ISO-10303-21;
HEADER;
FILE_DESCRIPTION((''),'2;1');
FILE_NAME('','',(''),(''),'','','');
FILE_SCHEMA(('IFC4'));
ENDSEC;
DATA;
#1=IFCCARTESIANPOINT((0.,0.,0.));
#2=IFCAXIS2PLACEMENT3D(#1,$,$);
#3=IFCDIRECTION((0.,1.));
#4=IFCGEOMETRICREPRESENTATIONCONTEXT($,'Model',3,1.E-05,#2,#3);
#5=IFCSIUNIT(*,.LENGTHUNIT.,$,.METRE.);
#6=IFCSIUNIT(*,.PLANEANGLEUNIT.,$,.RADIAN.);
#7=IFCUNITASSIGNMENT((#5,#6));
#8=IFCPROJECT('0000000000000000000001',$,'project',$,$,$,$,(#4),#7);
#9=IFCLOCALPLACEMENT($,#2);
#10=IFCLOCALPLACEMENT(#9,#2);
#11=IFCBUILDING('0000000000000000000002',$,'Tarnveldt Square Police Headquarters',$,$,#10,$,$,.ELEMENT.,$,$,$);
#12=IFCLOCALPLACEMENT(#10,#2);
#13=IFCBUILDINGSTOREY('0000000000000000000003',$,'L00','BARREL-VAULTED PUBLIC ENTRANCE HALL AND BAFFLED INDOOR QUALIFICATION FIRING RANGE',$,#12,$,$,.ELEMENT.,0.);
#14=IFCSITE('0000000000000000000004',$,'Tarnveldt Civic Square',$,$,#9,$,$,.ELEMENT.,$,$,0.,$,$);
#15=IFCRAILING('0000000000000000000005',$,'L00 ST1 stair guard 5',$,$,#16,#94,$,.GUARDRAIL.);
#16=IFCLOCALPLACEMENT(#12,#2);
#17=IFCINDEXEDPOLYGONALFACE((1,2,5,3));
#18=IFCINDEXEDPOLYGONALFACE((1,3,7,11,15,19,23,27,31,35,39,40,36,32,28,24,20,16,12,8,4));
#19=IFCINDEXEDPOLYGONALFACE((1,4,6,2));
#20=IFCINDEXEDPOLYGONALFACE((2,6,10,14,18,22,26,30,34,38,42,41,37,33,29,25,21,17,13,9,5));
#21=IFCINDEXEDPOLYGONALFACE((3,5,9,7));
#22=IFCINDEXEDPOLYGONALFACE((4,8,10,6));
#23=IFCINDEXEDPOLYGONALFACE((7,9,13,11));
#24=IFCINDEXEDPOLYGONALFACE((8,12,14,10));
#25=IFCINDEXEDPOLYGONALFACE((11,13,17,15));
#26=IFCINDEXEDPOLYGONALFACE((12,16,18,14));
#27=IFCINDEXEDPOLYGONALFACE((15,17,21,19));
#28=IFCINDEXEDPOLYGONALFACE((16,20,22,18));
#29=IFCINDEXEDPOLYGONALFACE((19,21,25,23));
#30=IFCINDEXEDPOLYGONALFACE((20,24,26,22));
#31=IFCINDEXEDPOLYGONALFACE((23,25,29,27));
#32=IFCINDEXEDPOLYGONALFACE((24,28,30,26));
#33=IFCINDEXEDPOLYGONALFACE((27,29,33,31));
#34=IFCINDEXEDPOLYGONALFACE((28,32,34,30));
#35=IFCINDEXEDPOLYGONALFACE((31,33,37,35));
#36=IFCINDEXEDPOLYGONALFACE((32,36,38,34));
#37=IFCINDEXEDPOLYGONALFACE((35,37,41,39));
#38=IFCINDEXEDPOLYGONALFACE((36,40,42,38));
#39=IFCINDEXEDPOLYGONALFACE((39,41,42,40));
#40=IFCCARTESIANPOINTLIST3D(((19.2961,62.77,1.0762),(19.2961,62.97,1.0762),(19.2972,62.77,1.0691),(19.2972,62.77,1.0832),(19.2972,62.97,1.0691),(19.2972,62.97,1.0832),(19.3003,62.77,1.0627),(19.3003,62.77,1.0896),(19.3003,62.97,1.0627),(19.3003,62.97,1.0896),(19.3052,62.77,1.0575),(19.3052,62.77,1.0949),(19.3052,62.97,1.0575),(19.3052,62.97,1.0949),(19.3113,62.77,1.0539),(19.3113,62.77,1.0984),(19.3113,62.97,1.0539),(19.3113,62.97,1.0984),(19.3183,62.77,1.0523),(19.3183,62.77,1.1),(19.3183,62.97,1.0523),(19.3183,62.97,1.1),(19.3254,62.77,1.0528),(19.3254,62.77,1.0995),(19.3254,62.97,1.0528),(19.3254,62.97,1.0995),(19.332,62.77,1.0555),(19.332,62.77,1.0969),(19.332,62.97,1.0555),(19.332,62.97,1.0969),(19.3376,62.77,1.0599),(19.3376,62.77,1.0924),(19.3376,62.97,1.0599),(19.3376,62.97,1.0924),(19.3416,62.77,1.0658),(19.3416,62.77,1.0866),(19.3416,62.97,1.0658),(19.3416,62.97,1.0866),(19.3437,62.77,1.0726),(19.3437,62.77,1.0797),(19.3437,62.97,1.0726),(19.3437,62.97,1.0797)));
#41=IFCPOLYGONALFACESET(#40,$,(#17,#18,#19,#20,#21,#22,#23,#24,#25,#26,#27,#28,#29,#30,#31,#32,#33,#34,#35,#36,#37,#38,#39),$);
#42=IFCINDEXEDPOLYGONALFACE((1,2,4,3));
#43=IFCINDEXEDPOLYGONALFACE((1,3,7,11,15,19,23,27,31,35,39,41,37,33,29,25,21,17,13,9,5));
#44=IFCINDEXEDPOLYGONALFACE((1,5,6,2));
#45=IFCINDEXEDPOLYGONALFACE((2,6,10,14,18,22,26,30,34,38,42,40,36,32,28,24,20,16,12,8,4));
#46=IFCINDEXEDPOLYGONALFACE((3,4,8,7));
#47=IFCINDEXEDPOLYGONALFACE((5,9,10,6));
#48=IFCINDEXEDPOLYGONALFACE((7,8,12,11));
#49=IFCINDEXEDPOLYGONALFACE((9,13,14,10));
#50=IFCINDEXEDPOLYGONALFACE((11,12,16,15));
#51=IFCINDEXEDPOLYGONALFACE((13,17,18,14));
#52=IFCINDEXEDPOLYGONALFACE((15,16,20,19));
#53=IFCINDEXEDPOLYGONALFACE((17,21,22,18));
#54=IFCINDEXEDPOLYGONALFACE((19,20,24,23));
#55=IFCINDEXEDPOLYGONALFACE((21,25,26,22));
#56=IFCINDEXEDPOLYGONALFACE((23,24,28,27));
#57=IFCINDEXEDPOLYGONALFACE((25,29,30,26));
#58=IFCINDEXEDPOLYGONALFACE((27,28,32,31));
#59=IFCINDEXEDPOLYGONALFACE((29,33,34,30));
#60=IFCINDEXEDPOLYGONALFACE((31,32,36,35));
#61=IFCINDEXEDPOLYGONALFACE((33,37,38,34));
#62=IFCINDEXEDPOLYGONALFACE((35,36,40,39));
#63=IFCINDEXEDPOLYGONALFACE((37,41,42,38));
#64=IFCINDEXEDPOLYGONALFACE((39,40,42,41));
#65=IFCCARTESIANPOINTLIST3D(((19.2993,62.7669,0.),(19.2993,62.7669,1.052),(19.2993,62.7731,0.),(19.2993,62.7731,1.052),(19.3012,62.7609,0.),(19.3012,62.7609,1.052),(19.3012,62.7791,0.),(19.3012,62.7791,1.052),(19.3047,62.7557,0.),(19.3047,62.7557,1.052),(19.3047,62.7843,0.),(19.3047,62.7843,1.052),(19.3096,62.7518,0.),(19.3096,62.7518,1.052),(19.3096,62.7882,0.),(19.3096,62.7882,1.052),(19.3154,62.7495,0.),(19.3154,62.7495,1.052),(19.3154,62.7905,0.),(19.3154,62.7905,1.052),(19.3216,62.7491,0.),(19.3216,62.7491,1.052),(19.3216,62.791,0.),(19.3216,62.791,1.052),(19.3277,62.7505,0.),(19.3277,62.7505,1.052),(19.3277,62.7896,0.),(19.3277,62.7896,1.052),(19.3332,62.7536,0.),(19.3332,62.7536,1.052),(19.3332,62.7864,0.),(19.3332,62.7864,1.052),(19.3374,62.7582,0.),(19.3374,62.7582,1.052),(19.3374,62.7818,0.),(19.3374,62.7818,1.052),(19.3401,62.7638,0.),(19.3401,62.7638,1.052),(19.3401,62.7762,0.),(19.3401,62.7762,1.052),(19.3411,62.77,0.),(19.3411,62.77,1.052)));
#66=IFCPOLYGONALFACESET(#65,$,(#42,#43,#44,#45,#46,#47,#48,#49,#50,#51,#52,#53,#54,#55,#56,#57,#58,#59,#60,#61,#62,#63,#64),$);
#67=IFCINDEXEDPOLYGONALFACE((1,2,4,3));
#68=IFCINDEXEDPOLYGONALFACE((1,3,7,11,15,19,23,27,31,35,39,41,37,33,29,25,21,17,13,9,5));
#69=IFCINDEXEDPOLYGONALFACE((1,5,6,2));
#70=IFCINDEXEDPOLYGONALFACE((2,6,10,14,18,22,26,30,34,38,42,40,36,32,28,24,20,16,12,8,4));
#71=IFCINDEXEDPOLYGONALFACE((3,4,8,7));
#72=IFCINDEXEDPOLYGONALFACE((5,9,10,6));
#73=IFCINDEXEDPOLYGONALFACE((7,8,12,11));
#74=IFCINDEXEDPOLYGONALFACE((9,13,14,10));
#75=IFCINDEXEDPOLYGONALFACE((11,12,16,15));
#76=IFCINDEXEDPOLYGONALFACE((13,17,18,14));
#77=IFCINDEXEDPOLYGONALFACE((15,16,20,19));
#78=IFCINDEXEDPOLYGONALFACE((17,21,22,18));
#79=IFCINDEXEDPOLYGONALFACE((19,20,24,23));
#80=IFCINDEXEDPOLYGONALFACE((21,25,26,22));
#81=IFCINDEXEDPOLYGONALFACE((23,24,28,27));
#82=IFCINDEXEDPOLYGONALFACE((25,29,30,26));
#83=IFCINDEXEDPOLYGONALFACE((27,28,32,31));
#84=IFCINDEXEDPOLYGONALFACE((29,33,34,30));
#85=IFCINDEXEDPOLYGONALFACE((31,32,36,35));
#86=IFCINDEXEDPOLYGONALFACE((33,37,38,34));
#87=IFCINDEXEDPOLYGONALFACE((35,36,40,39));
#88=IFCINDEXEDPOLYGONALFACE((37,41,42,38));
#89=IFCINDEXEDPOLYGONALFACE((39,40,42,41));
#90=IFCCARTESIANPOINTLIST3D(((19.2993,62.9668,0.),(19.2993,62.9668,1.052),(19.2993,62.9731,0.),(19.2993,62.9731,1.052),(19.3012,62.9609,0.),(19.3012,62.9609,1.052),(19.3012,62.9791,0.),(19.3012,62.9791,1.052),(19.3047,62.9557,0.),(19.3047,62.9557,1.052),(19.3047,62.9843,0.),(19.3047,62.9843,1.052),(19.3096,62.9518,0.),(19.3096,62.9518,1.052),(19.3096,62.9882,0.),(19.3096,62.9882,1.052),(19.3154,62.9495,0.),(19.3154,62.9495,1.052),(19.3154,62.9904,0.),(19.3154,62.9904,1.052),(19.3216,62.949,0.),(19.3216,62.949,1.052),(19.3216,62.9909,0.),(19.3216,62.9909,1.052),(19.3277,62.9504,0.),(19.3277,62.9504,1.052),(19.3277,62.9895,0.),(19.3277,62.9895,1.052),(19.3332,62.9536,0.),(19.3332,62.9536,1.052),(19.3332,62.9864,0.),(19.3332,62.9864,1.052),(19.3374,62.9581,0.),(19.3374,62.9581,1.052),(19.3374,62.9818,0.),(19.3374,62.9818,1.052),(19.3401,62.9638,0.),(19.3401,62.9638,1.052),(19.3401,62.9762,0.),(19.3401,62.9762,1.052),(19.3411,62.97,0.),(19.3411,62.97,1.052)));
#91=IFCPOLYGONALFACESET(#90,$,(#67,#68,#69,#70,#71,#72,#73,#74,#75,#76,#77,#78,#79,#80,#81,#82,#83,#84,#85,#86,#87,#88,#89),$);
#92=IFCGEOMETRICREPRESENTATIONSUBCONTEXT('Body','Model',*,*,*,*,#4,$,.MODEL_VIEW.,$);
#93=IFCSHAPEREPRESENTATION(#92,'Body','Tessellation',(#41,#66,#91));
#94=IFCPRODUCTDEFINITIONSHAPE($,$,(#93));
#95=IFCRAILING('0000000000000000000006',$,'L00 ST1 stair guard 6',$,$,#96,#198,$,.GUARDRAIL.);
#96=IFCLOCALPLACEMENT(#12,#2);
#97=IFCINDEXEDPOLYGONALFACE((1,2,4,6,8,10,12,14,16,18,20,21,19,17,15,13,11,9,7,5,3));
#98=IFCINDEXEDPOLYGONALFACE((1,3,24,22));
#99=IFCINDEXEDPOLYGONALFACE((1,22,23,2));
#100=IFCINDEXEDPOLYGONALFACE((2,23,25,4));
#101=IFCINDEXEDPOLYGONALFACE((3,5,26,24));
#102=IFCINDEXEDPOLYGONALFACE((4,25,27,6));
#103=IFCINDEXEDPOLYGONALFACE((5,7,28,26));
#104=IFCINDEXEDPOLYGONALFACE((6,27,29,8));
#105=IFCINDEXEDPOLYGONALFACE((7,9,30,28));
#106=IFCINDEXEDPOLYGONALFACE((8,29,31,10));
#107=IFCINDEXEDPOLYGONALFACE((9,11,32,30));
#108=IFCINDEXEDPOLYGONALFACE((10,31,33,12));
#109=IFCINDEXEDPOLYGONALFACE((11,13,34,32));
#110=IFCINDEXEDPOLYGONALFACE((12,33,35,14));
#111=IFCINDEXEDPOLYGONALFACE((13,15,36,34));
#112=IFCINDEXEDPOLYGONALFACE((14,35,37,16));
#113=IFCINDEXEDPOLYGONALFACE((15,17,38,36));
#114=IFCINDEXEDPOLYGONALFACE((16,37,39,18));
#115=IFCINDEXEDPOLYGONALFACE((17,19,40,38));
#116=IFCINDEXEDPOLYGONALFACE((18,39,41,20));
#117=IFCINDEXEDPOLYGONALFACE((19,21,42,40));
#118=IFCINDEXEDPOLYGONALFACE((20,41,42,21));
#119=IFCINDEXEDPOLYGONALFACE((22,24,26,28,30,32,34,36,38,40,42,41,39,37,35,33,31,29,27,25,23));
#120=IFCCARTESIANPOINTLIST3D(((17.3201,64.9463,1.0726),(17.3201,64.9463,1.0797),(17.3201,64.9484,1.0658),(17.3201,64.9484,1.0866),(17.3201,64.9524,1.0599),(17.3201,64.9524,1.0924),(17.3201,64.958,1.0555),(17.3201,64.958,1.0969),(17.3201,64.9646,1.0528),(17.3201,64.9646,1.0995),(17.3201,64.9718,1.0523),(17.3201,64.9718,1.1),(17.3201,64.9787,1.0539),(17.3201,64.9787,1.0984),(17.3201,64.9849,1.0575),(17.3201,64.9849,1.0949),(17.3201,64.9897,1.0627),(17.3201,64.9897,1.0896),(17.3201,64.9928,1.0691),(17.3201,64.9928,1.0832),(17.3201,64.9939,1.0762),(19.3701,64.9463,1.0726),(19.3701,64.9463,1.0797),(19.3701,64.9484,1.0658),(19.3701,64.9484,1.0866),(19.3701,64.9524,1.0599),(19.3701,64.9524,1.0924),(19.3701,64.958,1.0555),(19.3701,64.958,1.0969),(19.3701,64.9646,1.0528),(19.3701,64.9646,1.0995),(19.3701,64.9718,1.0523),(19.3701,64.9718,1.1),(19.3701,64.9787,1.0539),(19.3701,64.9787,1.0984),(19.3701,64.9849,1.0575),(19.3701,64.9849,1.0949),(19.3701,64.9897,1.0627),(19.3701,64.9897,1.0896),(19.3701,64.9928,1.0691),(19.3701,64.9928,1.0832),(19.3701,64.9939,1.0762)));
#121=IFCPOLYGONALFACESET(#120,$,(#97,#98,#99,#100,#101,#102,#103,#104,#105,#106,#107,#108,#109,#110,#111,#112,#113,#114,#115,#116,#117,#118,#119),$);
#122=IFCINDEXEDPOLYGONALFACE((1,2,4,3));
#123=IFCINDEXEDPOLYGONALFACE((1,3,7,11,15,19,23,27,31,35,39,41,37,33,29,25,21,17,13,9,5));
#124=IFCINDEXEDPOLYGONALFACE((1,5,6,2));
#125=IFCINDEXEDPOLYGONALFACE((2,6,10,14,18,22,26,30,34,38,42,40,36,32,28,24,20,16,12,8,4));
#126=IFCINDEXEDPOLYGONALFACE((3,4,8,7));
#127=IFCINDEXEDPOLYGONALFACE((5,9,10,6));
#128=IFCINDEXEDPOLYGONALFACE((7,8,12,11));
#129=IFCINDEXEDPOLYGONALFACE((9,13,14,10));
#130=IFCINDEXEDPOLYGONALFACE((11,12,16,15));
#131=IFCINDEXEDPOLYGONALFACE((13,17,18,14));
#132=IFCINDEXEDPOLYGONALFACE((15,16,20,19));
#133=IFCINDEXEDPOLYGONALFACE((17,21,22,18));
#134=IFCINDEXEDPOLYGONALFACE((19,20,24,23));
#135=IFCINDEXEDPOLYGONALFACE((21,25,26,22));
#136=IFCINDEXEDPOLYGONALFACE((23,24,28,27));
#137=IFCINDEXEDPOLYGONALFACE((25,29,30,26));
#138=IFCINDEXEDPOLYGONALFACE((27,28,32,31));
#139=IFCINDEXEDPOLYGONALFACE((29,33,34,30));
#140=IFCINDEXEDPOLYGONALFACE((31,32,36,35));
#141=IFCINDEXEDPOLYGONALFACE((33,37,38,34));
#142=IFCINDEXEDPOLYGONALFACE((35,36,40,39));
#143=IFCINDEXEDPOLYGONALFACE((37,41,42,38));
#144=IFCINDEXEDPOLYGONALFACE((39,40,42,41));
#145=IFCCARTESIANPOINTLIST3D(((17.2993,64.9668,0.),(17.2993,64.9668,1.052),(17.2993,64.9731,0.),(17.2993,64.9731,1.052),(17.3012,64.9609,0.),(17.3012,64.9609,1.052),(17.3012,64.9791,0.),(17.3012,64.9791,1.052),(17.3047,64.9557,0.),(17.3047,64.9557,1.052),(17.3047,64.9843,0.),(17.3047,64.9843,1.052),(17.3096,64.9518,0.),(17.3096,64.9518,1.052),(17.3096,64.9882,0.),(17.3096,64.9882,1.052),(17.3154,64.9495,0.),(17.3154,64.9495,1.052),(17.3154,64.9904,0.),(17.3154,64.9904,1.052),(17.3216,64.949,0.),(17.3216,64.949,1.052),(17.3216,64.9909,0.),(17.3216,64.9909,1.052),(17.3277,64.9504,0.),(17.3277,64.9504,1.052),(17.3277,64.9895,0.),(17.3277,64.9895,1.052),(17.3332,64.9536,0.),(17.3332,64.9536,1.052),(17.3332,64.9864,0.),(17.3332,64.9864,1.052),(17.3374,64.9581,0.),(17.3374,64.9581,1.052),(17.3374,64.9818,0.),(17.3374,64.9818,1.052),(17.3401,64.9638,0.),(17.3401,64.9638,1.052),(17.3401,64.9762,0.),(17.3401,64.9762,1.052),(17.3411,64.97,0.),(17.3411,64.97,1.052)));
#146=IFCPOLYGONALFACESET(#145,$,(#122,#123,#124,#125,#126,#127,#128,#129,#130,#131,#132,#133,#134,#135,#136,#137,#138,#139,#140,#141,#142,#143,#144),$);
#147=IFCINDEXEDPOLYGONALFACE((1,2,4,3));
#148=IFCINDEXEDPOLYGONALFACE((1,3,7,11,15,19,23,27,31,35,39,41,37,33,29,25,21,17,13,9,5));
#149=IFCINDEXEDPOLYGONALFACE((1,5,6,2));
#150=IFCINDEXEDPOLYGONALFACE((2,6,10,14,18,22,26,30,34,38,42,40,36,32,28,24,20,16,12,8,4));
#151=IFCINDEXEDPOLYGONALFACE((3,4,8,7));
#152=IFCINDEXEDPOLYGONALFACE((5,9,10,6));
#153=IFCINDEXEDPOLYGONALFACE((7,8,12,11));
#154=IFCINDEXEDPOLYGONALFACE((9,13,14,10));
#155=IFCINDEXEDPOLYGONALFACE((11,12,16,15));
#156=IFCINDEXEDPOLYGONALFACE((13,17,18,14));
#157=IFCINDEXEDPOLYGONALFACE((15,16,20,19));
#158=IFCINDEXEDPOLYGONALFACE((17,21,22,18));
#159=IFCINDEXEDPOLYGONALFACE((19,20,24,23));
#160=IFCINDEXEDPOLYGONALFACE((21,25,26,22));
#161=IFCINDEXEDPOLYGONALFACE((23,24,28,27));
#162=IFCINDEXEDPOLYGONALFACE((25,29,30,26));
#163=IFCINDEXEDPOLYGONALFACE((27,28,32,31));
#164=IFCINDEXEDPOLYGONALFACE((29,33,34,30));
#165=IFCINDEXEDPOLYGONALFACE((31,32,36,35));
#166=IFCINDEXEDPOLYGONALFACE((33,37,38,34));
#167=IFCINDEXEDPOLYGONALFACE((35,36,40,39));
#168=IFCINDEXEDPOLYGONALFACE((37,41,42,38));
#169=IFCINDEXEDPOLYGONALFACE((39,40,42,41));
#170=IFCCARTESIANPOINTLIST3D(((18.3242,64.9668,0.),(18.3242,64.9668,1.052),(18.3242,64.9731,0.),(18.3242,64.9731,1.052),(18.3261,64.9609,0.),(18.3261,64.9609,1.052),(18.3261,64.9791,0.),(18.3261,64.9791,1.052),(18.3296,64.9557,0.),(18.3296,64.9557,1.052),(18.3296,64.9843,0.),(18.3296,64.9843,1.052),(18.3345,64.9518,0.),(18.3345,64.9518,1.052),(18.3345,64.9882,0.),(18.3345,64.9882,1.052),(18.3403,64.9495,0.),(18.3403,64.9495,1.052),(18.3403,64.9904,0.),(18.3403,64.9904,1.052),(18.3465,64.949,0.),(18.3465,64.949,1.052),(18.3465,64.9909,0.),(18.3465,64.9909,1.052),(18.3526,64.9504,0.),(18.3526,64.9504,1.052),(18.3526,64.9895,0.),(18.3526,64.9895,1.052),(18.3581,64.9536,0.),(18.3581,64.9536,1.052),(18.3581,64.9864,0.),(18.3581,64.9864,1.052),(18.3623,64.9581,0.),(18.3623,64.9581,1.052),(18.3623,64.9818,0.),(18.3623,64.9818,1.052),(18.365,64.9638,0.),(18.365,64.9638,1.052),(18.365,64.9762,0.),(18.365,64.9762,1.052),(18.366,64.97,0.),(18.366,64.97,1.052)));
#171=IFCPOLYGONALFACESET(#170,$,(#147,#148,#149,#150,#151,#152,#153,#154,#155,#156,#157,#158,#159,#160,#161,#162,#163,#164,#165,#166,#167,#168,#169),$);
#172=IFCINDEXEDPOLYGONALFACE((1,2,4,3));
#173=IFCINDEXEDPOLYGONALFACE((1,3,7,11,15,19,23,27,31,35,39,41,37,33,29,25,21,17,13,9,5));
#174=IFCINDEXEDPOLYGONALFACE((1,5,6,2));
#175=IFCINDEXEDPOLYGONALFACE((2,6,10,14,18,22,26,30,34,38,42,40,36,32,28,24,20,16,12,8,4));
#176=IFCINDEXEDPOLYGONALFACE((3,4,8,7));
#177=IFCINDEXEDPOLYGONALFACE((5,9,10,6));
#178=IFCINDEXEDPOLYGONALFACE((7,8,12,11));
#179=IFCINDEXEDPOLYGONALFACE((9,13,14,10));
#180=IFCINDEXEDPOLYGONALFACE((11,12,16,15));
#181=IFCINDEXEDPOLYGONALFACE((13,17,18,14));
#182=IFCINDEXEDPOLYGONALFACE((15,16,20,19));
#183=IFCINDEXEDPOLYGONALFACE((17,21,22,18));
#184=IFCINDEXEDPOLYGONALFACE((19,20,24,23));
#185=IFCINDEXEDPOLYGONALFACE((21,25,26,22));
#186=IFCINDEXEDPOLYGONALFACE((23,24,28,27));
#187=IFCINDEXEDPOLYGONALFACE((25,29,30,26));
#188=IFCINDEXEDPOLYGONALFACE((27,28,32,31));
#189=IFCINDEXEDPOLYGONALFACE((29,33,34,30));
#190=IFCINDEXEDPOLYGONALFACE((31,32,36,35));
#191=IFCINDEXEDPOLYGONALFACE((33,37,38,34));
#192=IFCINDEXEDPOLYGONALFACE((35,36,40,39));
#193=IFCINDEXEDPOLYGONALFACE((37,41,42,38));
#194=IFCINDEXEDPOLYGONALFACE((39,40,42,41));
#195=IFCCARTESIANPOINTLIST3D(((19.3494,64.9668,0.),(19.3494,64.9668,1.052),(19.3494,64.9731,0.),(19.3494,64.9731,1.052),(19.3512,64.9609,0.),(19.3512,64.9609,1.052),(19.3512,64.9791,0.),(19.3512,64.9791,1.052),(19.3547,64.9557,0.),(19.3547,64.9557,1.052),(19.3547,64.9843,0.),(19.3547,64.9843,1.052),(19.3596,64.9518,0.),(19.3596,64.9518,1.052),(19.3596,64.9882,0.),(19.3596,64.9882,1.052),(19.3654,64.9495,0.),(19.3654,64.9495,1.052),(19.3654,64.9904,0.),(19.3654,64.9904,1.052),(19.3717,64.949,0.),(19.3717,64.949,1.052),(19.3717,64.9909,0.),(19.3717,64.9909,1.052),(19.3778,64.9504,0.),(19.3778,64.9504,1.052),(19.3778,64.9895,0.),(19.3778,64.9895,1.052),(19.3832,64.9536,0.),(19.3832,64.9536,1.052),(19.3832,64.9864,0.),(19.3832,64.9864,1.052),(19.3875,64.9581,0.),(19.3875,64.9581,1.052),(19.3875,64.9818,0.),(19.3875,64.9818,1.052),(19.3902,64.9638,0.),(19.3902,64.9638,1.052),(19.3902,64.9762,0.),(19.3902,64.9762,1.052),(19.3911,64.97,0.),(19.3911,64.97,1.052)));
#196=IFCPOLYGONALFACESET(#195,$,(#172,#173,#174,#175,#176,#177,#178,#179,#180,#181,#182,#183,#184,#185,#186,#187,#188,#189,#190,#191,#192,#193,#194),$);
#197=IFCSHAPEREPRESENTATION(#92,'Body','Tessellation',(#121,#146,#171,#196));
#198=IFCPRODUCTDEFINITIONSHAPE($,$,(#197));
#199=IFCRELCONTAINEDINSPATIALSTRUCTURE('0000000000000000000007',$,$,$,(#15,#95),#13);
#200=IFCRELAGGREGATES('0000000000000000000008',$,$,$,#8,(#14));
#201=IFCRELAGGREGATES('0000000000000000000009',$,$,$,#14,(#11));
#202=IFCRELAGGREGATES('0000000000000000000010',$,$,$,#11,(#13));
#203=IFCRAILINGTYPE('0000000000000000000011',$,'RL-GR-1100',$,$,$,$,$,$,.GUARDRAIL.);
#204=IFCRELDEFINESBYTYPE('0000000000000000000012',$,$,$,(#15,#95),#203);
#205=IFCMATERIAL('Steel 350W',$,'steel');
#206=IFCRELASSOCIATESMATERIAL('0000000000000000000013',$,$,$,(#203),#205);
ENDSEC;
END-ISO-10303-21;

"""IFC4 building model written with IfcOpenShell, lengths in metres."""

from ifc_helpers import new_model, si_unit, direction, frame, origin, origin_2d, place, context, subcontext, project, spatial, circle, extrude, material, type_object, element, save


model = new_model("IFC4")

# Units and contexts
model_context = context("Model", 3, precision=1e-05, world=origin(), true_north=direction((0.0, 1.0)))
body_context = subcontext(model_context, "Body", "Model", "MODEL_VIEW")
ifc_project = project(units=[si_unit("LENGTHUNIT", "METRE"), si_unit("PLANEANGLEUNIT", "RADIAN")], contexts=[model_context])

# Site, building, storey
site_placement = place(None, origin())
site = spatial("IfcSite", under=ifc_project, at=site_placement, Name="Tarnveldt Civic Square", CompositionType="ELEMENT", RefElevation=0.0)
building_placement = place(site_placement, origin())
building = spatial("IfcBuilding", under=site, at=building_placement, Name="Tarnveldt Square Police Headquarters", CompositionType="ELEMENT")
storey_placement = place(building_placement, origin())
storey = spatial("IfcBuildingStorey", under=building, at=storey_placement, Name="L00", Description="BARREL-VAULTED PUBLIC ENTRANCE HALL AND BAFFLED INDOOR QUALIFICATION FIRING RANGE", CompositionType="ELEMENT", Elevation=0.0)

# Shared definitions
ifc_material_1 = material(Name="Steel 350W", Category="steel")

# Railings
railing_type_1 = type_object("IfcRailingType", Name="RL-GR-1100", PredefinedType="GUARDRAIL", material=ifc_material_1)
railing_1_placement = place(storey_placement, frame((19.3201, 62.77, 0.0)))
element("IfcRailing", 1, at=railing_1_placement, inside=storey, type_object=railing_type_1, Name="L00 ST1 stair guard 5", PredefinedType="GUARDRAIL", context=body_context, shape_type="SweptSolid", body=[
    extrude(circle(Radius=0.0239, at=origin_2d()), frame((0.0, 0.0, 1.0762), z_axis=(0.0, 1.0, 0.0), x_axis=(-1.0, 0.0, 0.0)), (0.0, 0.0, 1.0), 0.2),
    extrude(circle(Radius=0.021, at=origin_2d()), origin(), (0.0, 0.0, 1.0), 1.052),
    extrude(circle(Radius=0.021, at=origin_2d()), frame((0.0, 0.2, 0.0)), (0.0, 0.0, 1.0), 1.052),
])
railing_2_placement = place(storey_placement, frame((17.3201, 64.97, 0.0)))
element("IfcRailing", 2, at=railing_2_placement, inside=storey, type_object=railing_type_1, Name="L00 ST1 stair guard 6", PredefinedType="GUARDRAIL", context=body_context, shape_type="SweptSolid", body=[
    extrude(circle(Radius=0.0239, at=origin_2d()), frame((0.0, 0.0, 1.0762), z_axis=(1.0, 0.0, 0.0), x_axis=(0.0, 1.0, 0.0)), (0.0, 0.0, 1.0), 2.05),
    extrude(circle(Radius=0.021, at=origin_2d()), origin(), (0.0, 0.0, 1.0), 1.052),
    extrude(circle(Radius=0.021, at=origin_2d()), frame((1.0249, 0.0, 0.0)), (0.0, 0.0, 1.0), 1.052),
    extrude(circle(Radius=0.021, at=origin_2d()), frame((2.05, 0.0, 0.0)), (0.0, 0.0, 1.0), 1.052),
])

save(model, "model.ifc")
